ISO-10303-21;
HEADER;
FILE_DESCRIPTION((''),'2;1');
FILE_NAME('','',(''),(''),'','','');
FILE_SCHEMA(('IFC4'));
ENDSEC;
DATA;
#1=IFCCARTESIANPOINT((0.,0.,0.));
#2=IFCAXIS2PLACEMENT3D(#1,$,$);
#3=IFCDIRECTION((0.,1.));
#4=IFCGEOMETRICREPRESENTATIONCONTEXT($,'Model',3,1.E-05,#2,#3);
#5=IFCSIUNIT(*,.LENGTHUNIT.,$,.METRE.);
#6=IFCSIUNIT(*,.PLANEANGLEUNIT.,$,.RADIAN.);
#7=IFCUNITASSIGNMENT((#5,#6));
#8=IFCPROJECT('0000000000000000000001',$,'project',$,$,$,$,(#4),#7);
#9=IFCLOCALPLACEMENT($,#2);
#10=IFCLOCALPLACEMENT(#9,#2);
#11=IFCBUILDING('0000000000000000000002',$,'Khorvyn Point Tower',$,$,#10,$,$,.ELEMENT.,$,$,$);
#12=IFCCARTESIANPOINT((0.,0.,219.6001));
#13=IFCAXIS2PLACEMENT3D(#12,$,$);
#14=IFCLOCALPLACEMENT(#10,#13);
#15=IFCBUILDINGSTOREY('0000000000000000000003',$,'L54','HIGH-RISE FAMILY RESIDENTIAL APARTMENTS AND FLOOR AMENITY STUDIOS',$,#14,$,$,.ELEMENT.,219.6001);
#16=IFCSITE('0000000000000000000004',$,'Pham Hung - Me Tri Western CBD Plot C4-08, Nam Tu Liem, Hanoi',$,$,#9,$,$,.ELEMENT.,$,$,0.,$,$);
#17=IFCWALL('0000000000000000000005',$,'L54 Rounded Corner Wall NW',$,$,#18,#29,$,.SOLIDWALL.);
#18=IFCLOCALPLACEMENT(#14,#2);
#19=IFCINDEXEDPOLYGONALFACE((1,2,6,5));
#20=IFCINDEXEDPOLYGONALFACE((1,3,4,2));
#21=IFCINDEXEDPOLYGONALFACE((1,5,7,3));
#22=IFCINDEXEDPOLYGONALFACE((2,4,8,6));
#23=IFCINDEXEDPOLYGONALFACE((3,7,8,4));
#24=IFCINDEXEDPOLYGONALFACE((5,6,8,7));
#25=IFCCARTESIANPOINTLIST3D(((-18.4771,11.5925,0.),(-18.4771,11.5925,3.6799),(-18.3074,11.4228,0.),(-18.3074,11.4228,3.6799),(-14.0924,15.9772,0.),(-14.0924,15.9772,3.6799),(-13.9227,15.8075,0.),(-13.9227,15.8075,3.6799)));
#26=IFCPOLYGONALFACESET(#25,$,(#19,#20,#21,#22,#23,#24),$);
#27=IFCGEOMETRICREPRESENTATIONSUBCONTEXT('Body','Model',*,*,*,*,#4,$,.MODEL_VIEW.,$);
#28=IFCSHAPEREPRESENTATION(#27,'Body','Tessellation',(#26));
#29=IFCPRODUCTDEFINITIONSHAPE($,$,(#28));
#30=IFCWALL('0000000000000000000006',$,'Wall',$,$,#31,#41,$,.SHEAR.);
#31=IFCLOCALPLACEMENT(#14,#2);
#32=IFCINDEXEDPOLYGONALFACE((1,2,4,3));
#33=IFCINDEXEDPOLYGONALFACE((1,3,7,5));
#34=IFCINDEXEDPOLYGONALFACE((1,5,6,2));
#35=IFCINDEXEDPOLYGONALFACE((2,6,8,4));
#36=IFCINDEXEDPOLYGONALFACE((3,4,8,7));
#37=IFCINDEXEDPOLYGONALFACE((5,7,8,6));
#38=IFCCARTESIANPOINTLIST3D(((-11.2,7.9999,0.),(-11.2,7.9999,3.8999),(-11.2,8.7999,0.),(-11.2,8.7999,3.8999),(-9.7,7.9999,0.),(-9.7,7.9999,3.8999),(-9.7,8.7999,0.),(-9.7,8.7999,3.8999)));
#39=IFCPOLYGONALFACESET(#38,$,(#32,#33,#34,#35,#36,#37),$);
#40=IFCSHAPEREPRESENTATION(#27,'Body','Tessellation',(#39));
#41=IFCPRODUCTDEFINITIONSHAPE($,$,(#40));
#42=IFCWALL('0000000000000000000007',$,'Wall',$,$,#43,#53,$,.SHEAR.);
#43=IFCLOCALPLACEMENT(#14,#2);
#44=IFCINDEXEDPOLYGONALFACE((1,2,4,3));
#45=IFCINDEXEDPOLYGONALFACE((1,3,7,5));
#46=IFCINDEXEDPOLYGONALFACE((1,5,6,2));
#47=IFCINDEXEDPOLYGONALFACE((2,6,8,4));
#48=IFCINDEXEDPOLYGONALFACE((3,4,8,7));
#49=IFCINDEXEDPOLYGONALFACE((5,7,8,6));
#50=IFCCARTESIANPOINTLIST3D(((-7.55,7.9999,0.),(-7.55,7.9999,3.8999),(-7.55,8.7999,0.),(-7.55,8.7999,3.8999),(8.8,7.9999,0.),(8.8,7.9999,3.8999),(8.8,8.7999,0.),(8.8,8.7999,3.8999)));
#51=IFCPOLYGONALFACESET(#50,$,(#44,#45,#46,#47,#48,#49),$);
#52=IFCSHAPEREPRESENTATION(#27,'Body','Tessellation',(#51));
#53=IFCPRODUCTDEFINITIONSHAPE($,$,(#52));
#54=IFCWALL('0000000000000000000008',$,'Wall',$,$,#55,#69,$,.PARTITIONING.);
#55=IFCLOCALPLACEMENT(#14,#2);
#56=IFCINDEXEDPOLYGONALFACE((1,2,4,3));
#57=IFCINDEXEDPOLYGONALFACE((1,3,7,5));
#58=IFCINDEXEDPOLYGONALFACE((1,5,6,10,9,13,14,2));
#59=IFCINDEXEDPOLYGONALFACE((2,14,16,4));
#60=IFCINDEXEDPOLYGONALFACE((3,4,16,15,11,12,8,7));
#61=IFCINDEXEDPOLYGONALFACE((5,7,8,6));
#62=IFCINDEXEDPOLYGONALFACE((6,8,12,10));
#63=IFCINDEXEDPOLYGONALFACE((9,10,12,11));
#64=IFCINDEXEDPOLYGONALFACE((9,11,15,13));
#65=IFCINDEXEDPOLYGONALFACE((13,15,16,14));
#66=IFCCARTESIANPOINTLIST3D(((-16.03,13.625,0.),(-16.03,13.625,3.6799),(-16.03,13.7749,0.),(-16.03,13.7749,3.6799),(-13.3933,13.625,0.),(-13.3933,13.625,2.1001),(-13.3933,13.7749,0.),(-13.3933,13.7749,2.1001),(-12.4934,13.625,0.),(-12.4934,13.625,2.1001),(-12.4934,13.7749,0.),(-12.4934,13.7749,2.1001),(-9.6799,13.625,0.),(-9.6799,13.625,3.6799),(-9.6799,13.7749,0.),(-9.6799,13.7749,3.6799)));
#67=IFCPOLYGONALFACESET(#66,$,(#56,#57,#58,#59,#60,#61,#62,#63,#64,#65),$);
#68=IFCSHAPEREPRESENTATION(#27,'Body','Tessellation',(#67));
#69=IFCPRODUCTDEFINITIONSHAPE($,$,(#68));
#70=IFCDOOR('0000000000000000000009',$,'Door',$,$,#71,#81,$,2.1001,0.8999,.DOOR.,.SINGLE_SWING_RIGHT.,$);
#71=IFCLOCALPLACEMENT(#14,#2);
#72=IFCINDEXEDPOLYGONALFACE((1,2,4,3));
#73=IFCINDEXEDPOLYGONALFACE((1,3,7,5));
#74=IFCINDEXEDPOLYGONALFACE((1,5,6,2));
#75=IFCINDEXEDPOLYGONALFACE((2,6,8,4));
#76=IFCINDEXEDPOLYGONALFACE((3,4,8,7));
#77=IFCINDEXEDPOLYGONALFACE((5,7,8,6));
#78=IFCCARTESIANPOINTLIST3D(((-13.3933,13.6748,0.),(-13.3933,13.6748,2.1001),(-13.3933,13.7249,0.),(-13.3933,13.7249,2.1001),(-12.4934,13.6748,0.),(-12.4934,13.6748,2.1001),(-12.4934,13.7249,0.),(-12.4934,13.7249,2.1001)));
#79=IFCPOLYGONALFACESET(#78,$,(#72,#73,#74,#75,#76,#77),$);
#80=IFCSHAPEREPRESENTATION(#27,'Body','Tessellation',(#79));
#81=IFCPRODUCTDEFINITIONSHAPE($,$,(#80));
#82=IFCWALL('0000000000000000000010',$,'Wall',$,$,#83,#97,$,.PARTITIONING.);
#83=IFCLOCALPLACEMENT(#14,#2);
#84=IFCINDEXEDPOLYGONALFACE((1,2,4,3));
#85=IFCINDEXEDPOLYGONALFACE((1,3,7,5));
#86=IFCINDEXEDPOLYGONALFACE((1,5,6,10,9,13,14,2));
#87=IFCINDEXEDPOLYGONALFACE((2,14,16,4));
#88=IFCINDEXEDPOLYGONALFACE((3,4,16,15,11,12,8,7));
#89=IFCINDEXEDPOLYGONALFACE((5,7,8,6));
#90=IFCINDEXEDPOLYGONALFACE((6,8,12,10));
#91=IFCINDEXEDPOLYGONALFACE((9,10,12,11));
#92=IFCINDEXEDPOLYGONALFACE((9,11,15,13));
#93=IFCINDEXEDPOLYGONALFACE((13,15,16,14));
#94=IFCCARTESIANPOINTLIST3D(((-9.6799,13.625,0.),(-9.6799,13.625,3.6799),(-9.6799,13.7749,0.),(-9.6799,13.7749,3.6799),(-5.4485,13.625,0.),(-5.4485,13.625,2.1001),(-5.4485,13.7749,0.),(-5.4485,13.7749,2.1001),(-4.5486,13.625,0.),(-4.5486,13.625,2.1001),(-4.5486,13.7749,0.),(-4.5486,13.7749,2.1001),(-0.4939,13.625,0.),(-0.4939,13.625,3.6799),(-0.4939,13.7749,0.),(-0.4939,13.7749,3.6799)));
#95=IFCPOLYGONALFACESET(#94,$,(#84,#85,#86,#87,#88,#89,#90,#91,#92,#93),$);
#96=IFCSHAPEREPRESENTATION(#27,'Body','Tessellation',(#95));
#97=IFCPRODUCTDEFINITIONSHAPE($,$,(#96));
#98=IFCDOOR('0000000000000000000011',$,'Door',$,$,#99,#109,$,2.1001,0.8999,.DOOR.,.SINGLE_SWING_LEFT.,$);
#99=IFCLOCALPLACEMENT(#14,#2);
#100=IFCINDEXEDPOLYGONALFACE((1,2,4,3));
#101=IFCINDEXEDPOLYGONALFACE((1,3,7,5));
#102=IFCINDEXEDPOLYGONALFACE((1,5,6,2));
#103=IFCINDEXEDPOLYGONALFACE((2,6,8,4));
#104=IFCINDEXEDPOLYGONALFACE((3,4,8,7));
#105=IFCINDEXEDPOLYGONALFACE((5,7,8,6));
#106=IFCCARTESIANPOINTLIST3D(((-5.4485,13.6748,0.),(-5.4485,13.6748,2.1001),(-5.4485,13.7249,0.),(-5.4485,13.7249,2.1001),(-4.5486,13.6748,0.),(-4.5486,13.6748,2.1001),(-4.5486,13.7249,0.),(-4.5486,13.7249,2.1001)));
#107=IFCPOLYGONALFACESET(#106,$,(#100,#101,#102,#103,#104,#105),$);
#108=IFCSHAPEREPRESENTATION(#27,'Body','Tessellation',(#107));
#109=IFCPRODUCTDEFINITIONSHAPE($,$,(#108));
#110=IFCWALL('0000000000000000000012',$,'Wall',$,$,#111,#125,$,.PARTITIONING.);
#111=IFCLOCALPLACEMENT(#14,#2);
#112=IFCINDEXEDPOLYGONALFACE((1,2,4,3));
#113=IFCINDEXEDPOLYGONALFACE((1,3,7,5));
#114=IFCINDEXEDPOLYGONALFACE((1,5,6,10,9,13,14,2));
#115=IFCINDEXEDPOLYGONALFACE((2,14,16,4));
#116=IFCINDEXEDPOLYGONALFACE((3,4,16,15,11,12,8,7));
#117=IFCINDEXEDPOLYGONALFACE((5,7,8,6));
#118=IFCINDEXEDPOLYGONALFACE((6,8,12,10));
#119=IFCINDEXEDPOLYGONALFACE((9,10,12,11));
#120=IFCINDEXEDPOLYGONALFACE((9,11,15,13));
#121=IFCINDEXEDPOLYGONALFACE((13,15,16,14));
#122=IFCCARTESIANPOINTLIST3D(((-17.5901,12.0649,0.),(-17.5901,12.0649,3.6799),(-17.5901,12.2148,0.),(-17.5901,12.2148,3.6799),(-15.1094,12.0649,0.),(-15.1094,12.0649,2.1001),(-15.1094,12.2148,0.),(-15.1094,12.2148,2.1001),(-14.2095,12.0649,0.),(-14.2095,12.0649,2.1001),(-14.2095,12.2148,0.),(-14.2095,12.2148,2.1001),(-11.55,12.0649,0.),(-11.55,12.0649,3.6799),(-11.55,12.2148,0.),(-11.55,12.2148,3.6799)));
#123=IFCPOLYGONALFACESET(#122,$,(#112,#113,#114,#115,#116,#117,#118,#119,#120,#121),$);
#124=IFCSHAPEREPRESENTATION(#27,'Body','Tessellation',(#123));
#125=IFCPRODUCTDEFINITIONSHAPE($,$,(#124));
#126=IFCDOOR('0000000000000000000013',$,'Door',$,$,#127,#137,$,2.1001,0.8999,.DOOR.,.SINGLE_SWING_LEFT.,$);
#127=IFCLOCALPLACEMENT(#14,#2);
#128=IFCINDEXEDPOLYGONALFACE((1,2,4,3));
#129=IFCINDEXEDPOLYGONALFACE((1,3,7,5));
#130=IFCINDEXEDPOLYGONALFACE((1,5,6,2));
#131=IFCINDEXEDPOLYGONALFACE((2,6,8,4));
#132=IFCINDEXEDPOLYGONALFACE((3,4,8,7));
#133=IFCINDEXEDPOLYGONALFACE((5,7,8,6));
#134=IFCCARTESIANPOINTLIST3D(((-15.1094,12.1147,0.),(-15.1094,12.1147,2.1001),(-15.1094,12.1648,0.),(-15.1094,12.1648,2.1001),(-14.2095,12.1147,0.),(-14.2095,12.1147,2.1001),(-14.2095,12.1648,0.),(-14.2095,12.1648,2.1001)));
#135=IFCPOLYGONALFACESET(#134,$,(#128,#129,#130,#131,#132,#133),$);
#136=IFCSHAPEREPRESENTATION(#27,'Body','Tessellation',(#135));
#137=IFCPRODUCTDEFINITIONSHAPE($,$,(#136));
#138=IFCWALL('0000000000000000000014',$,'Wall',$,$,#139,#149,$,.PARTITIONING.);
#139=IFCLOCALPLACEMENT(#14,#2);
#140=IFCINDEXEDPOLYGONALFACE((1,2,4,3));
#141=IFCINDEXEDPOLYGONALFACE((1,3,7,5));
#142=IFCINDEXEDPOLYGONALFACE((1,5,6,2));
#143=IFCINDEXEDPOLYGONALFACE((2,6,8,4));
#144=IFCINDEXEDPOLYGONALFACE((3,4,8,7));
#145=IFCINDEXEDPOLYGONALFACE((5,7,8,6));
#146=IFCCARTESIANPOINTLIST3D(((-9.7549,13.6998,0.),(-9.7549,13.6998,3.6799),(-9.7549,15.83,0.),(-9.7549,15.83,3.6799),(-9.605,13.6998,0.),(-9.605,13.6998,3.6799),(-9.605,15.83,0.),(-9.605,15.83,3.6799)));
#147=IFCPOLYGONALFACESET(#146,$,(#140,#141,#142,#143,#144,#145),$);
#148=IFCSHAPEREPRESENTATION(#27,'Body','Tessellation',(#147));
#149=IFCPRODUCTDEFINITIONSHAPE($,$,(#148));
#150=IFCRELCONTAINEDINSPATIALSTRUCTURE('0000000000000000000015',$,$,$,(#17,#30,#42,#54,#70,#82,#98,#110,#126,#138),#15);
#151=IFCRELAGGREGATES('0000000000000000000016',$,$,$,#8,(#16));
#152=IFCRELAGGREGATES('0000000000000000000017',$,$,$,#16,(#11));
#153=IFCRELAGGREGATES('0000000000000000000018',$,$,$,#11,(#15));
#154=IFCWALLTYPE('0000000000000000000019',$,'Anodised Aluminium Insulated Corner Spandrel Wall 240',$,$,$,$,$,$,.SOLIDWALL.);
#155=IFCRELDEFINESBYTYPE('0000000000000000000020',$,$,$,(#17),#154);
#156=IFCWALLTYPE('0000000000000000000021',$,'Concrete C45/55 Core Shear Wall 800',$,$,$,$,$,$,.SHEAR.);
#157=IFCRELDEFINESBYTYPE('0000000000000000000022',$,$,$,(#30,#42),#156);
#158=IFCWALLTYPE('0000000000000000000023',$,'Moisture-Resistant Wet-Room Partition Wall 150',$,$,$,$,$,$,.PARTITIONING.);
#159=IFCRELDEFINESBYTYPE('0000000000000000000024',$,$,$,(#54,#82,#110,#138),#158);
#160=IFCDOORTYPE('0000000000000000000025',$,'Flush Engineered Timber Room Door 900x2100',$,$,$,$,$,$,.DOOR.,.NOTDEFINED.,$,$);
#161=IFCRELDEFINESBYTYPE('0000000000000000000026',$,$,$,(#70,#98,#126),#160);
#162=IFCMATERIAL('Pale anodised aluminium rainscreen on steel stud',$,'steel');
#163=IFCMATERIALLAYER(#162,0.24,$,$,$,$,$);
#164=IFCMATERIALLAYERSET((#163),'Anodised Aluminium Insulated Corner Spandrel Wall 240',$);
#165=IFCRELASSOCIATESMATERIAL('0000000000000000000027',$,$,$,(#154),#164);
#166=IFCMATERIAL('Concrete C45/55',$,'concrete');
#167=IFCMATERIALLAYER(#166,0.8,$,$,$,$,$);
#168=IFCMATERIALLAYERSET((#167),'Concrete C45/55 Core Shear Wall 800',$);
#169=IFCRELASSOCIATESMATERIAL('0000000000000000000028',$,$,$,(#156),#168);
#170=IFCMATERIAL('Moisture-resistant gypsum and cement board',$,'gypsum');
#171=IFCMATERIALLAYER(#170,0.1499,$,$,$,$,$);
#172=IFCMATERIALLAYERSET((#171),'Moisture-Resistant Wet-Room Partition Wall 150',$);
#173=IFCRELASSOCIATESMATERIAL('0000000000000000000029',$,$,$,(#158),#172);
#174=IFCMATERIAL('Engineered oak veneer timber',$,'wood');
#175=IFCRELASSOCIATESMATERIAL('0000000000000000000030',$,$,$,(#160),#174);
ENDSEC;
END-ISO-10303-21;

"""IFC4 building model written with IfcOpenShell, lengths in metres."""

from ifc_helpers import new_model, si_unit, direction, frame, frame_2d, origin, place, context, subcontext, project, spatial, rectangle, extrude, material, layer, layer_set, type_object, element, fill, save


model = new_model("IFC4")

# Units and contexts
model_context = context("Model", 3, precision=1e-05, world=origin(), true_north=direction((0.0, 1.0)))
body_context = subcontext(model_context, "Body", "Model", "MODEL_VIEW")
ifc_project = project(units=[si_unit("LENGTHUNIT", "METRE"), si_unit("PLANEANGLEUNIT", "RADIAN")], contexts=[model_context])

# Site, building, storey
site_placement = place(None, origin())
site = spatial("IfcSite", under=ifc_project, at=site_placement, Name="Pham Hung - Me Tri Western CBD Plot C4-08, Nam Tu Liem, Hanoi", CompositionType="ELEMENT", RefElevation=0.0)
building_placement = place(site_placement, origin())
building = spatial("IfcBuilding", under=site, at=building_placement, Name="Khorvyn Point Tower", CompositionType="ELEMENT")
storey_placement = place(building_placement, frame((0.0, 0.0, 219.6001)))
storey = spatial("IfcBuildingStorey", under=building, at=storey_placement, Name="L54", Description="HIGH-RISE FAMILY RESIDENTIAL APARTMENTS AND FLOOR AMENITY STUDIOS", CompositionType="ELEMENT", Elevation=219.6001)

# Shared definitions
ifc_material_1 = material(Name="Concrete C45/55", Category="concrete")

# Wall
ifc_material_2 = material(Name="Pale anodised aluminium rainscreen on steel stud", Category="steel")
ifc_layer_1 = layer(ifc_material_2, 0.24)
ifc_layer_set_1 = layer_set([ifc_layer_1], Name="Anodised Aluminium Insulated Corner Spandrel Wall 240")
wall_type_1 = type_object("IfcWallType", Name="Anodised Aluminium Insulated Corner Spandrel Wall 240", PredefinedType="SOLIDWALL", material=ifc_layer_set_1)
wall_1_placement = place(storey_placement, frame((-18.3923, 11.5076, 0.0), z_axis=(0.0, 0.0, 1.0), x_axis=(0.707107, 0.707107, 0.0)))
element("IfcWall", 1, at=wall_1_placement, inside=storey, type_object=wall_type_1, Name="L54 Rounded Corner Wall NW", PredefinedType="SOLIDWALL", context=body_context, shape_type="SweptSolid", body=[
    extrude(rectangle(XDim=6.2009, YDim=0.24, at=frame_2d((3.1006, 0.0))), origin(), (0.0, 0.0, 1.0), 3.6799),
])

# Walls
ifc_layer_2 = layer(ifc_material_1, 0.8)
ifc_layer_set_2 = layer_set([ifc_layer_2], Name="Concrete C45/55 Core Shear Wall 800")
wall_type_2 = type_object("IfcWallType", Name="Concrete C45/55 Core Shear Wall 800", PredefinedType="SHEAR", material=ifc_layer_set_2)
wall_2_placement = place(storey_placement, frame((-11.2, 8.3999, 0.0), z_axis=(0.0, 0.0, 1.0), x_axis=(1.0, 0.0, 0.0)))
element("IfcWall", 2, at=wall_2_placement, inside=storey, type_object=wall_type_2, Name="Wall", PredefinedType="SHEAR", context=body_context, shape_type="SweptSolid", body=[
    extrude(rectangle(XDim=1.5, YDim=0.8, at=frame_2d((0.75, 0.0))), origin(), (0.0, 0.0, 1.0), 3.8999),
])
wall_3_placement = place(storey_placement, frame((-7.55, 8.3999, 0.0), z_axis=(0.0, 0.0, 1.0), x_axis=(1.0, 0.0, 0.0)))
element("IfcWall", 3, at=wall_3_placement, inside=storey, type_object=wall_type_2, Name="Wall", PredefinedType="SHEAR", context=body_context, shape_type="SweptSolid", body=[
    extrude(rectangle(XDim=16.3501, YDim=0.8, at=frame_2d((8.175, 0.0))), origin(), (0.0, 0.0, 1.0), 3.8999),
])

# Walls, openings, doors
ifc_material_3 = material(Name="Moisture-resistant gypsum and cement board", Category="gypsum")
ifc_layer_3 = layer(ifc_material_3, 0.1499)
ifc_layer_set_3 = layer_set([ifc_layer_3], Name="Moisture-Resistant Wet-Room Partition Wall 150")
wall_type_3 = type_object("IfcWallType", Name="Moisture-Resistant Wet-Room Partition Wall 150", PredefinedType="PARTITIONING", material=ifc_layer_set_3)
wall_4_placement = place(storey_placement, frame((-16.03, 13.7, 0.0), z_axis=(0.0, 0.0, 1.0), x_axis=(1.0, 0.0, 0.0)))
wall_4 = element("IfcWall", 4, at=wall_4_placement, inside=storey, type_object=wall_type_3, Name="Wall", PredefinedType="PARTITIONING", context=body_context, shape_type="SweptSolid", body=[
    extrude(rectangle(XDim=6.3501, YDim=0.1499, at=frame_2d((3.175, 0.0))), origin(), (0.0, 0.0, 1.0), 3.6799),
])
opening_1_placement = place(wall_4_placement, frame((2.6367, 0.0, 0.0)))
opening_1 = element("IfcOpeningElement", 5, at=opening_1_placement, cuts=wall_4, PredefinedType="OPENING", context=body_context, shape_type="SweptSolid", body=[
    extrude(rectangle(XDim=0.8999, YDim=2.1001, at=frame_2d((0.45, 1.05))), frame((0.0, 0.085, 0.0), z_axis=(0.0, -1.0, 0.0), x_axis=(1.0, 0.0, 0.0)), (0.0, 0.0, 1.0), 0.1699),
])
ifc_material_4 = material(Name="Engineered oak veneer timber", Category="wood")
door_type_1 = type_object("IfcDoorType", Name="Flush Engineered Timber Room Door 900x2100", OperationType="NOTDEFINED", PredefinedType="DOOR", material=ifc_material_4)
door_1_placement = place(opening_1_placement, origin())
door_1 = element("IfcDoor", 6, at=door_1_placement, inside=storey, type_object=door_type_1, Name="Door", OperationType="SINGLE_SWING_RIGHT", OverallHeight=2.1001, OverallWidth=0.8999, PredefinedType="DOOR", context=body_context, shape_type="SweptSolid", body=[
    extrude(rectangle(XDim=0.8999, YDim=2.1001, at=frame_2d((0.45, 1.05))), frame((0.0, 0.0249, 0.0), z_axis=(0.0, -1.0, 0.0), x_axis=(1.0, 0.0, 0.0)), (0.0, 0.0, 1.0), 0.05),
])
fill(opening_1, door_1)
wall_5_placement = place(storey_placement, frame((-9.6799, 13.7, 0.0), z_axis=(0.0, 0.0, 1.0), x_axis=(1.0, 0.0, 0.0)))
wall_5 = element("IfcWall", 7, at=wall_5_placement, inside=storey, type_object=wall_type_3, Name="Wall", PredefinedType="PARTITIONING", context=body_context, shape_type="SweptSolid", body=[
    extrude(rectangle(XDim=9.186, YDim=0.1499, at=frame_2d((4.593, 0.0))), origin(), (0.0, 0.0, 1.0), 3.6799),
])
opening_2_placement = place(wall_5_placement, frame((4.2314, 0.0, 0.0)))
opening_2 = element("IfcOpeningElement", 8, at=opening_2_placement, cuts=wall_5, PredefinedType="OPENING", context=body_context, shape_type="SweptSolid", body=[
    extrude(rectangle(XDim=0.8999, YDim=2.1001, at=frame_2d((0.45, 1.05))), frame((0.0, 0.085, 0.0), z_axis=(0.0, -1.0, 0.0), x_axis=(1.0, 0.0, 0.0)), (0.0, 0.0, 1.0), 0.1699),
])
door_2_placement = place(opening_2_placement, origin())
door_2 = element("IfcDoor", 9, at=door_2_placement, inside=storey, type_object=door_type_1, Name="Door", OperationType="SINGLE_SWING_LEFT", OverallHeight=2.1001, OverallWidth=0.8999, PredefinedType="DOOR", context=body_context, shape_type="SweptSolid", body=[
    extrude(rectangle(XDim=0.8999, YDim=2.1001, at=frame_2d((0.45, 1.05))), frame((0.0, 0.0249, 0.0), z_axis=(0.0, -1.0, 0.0), x_axis=(1.0, 0.0, 0.0)), (0.0, 0.0, 1.0), 0.05),
])
fill(opening_2, door_2)
wall_6_placement = place(storey_placement, frame((-17.5901, 12.1399, 0.0), z_axis=(0.0, 0.0, 1.0), x_axis=(1.0, 0.0, 0.0)))
wall_6 = element("IfcWall", 10, at=wall_6_placement, inside=storey, type_object=wall_type_3, Name="Wall", PredefinedType="PARTITIONING", context=body_context, shape_type="SweptSolid", body=[
    extrude(rectangle(XDim=6.04, YDim=0.1499, at=frame_2d((3.02, 0.0))), origin(), (0.0, 0.0, 1.0), 3.6799),
])
opening_3_placement = place(wall_6_placement, frame((2.4807, 0.0, 0.0)))
opening_3 = element("IfcOpeningElement", 11, at=opening_3_placement, cuts=wall_6, PredefinedType="OPENING", context=body_context, shape_type="SweptSolid", body=[
    extrude(rectangle(XDim=0.8999, YDim=2.1001, at=frame_2d((0.45, 1.05))), frame((0.0, 0.085, 0.0), z_axis=(0.0, -1.0, 0.0), x_axis=(1.0, 0.0, 0.0)), (0.0, 0.0, 1.0), 0.1699),
])
door_3_placement = place(opening_3_placement, origin())
door_3 = element("IfcDoor", 12, at=door_3_placement, inside=storey, type_object=door_type_1, Name="Door", OperationType="SINGLE_SWING_LEFT", OverallHeight=2.1001, OverallWidth=0.8999, PredefinedType="DOOR", context=body_context, shape_type="SweptSolid", body=[
    extrude(rectangle(XDim=0.8999, YDim=2.1001, at=frame_2d((0.45, 1.05))), frame((0.0, 0.0249, 0.0), z_axis=(0.0, -1.0, 0.0), x_axis=(1.0, 0.0, 0.0)), (0.0, 0.0, 1.0), 0.05),
])
fill(opening_3, door_3)

# Wall
wall_7_placement = place(storey_placement, frame((-9.6799, 13.7, 0.0), z_axis=(0.0, 0.0, 1.0), x_axis=(0.0, 1.0, 0.0)))
element("IfcWall", 13, at=wall_7_placement, inside=storey, type_object=wall_type_3, Name="Wall", PredefinedType="PARTITIONING", context=body_context, shape_type="SweptSolid", body=[
    extrude(rectangle(XDim=2.1301, YDim=0.1499, at=frame_2d((1.0649, 0.0))), origin(), (0.0, 0.0, 1.0), 3.6799),
])

save(model, "model.ifc")
